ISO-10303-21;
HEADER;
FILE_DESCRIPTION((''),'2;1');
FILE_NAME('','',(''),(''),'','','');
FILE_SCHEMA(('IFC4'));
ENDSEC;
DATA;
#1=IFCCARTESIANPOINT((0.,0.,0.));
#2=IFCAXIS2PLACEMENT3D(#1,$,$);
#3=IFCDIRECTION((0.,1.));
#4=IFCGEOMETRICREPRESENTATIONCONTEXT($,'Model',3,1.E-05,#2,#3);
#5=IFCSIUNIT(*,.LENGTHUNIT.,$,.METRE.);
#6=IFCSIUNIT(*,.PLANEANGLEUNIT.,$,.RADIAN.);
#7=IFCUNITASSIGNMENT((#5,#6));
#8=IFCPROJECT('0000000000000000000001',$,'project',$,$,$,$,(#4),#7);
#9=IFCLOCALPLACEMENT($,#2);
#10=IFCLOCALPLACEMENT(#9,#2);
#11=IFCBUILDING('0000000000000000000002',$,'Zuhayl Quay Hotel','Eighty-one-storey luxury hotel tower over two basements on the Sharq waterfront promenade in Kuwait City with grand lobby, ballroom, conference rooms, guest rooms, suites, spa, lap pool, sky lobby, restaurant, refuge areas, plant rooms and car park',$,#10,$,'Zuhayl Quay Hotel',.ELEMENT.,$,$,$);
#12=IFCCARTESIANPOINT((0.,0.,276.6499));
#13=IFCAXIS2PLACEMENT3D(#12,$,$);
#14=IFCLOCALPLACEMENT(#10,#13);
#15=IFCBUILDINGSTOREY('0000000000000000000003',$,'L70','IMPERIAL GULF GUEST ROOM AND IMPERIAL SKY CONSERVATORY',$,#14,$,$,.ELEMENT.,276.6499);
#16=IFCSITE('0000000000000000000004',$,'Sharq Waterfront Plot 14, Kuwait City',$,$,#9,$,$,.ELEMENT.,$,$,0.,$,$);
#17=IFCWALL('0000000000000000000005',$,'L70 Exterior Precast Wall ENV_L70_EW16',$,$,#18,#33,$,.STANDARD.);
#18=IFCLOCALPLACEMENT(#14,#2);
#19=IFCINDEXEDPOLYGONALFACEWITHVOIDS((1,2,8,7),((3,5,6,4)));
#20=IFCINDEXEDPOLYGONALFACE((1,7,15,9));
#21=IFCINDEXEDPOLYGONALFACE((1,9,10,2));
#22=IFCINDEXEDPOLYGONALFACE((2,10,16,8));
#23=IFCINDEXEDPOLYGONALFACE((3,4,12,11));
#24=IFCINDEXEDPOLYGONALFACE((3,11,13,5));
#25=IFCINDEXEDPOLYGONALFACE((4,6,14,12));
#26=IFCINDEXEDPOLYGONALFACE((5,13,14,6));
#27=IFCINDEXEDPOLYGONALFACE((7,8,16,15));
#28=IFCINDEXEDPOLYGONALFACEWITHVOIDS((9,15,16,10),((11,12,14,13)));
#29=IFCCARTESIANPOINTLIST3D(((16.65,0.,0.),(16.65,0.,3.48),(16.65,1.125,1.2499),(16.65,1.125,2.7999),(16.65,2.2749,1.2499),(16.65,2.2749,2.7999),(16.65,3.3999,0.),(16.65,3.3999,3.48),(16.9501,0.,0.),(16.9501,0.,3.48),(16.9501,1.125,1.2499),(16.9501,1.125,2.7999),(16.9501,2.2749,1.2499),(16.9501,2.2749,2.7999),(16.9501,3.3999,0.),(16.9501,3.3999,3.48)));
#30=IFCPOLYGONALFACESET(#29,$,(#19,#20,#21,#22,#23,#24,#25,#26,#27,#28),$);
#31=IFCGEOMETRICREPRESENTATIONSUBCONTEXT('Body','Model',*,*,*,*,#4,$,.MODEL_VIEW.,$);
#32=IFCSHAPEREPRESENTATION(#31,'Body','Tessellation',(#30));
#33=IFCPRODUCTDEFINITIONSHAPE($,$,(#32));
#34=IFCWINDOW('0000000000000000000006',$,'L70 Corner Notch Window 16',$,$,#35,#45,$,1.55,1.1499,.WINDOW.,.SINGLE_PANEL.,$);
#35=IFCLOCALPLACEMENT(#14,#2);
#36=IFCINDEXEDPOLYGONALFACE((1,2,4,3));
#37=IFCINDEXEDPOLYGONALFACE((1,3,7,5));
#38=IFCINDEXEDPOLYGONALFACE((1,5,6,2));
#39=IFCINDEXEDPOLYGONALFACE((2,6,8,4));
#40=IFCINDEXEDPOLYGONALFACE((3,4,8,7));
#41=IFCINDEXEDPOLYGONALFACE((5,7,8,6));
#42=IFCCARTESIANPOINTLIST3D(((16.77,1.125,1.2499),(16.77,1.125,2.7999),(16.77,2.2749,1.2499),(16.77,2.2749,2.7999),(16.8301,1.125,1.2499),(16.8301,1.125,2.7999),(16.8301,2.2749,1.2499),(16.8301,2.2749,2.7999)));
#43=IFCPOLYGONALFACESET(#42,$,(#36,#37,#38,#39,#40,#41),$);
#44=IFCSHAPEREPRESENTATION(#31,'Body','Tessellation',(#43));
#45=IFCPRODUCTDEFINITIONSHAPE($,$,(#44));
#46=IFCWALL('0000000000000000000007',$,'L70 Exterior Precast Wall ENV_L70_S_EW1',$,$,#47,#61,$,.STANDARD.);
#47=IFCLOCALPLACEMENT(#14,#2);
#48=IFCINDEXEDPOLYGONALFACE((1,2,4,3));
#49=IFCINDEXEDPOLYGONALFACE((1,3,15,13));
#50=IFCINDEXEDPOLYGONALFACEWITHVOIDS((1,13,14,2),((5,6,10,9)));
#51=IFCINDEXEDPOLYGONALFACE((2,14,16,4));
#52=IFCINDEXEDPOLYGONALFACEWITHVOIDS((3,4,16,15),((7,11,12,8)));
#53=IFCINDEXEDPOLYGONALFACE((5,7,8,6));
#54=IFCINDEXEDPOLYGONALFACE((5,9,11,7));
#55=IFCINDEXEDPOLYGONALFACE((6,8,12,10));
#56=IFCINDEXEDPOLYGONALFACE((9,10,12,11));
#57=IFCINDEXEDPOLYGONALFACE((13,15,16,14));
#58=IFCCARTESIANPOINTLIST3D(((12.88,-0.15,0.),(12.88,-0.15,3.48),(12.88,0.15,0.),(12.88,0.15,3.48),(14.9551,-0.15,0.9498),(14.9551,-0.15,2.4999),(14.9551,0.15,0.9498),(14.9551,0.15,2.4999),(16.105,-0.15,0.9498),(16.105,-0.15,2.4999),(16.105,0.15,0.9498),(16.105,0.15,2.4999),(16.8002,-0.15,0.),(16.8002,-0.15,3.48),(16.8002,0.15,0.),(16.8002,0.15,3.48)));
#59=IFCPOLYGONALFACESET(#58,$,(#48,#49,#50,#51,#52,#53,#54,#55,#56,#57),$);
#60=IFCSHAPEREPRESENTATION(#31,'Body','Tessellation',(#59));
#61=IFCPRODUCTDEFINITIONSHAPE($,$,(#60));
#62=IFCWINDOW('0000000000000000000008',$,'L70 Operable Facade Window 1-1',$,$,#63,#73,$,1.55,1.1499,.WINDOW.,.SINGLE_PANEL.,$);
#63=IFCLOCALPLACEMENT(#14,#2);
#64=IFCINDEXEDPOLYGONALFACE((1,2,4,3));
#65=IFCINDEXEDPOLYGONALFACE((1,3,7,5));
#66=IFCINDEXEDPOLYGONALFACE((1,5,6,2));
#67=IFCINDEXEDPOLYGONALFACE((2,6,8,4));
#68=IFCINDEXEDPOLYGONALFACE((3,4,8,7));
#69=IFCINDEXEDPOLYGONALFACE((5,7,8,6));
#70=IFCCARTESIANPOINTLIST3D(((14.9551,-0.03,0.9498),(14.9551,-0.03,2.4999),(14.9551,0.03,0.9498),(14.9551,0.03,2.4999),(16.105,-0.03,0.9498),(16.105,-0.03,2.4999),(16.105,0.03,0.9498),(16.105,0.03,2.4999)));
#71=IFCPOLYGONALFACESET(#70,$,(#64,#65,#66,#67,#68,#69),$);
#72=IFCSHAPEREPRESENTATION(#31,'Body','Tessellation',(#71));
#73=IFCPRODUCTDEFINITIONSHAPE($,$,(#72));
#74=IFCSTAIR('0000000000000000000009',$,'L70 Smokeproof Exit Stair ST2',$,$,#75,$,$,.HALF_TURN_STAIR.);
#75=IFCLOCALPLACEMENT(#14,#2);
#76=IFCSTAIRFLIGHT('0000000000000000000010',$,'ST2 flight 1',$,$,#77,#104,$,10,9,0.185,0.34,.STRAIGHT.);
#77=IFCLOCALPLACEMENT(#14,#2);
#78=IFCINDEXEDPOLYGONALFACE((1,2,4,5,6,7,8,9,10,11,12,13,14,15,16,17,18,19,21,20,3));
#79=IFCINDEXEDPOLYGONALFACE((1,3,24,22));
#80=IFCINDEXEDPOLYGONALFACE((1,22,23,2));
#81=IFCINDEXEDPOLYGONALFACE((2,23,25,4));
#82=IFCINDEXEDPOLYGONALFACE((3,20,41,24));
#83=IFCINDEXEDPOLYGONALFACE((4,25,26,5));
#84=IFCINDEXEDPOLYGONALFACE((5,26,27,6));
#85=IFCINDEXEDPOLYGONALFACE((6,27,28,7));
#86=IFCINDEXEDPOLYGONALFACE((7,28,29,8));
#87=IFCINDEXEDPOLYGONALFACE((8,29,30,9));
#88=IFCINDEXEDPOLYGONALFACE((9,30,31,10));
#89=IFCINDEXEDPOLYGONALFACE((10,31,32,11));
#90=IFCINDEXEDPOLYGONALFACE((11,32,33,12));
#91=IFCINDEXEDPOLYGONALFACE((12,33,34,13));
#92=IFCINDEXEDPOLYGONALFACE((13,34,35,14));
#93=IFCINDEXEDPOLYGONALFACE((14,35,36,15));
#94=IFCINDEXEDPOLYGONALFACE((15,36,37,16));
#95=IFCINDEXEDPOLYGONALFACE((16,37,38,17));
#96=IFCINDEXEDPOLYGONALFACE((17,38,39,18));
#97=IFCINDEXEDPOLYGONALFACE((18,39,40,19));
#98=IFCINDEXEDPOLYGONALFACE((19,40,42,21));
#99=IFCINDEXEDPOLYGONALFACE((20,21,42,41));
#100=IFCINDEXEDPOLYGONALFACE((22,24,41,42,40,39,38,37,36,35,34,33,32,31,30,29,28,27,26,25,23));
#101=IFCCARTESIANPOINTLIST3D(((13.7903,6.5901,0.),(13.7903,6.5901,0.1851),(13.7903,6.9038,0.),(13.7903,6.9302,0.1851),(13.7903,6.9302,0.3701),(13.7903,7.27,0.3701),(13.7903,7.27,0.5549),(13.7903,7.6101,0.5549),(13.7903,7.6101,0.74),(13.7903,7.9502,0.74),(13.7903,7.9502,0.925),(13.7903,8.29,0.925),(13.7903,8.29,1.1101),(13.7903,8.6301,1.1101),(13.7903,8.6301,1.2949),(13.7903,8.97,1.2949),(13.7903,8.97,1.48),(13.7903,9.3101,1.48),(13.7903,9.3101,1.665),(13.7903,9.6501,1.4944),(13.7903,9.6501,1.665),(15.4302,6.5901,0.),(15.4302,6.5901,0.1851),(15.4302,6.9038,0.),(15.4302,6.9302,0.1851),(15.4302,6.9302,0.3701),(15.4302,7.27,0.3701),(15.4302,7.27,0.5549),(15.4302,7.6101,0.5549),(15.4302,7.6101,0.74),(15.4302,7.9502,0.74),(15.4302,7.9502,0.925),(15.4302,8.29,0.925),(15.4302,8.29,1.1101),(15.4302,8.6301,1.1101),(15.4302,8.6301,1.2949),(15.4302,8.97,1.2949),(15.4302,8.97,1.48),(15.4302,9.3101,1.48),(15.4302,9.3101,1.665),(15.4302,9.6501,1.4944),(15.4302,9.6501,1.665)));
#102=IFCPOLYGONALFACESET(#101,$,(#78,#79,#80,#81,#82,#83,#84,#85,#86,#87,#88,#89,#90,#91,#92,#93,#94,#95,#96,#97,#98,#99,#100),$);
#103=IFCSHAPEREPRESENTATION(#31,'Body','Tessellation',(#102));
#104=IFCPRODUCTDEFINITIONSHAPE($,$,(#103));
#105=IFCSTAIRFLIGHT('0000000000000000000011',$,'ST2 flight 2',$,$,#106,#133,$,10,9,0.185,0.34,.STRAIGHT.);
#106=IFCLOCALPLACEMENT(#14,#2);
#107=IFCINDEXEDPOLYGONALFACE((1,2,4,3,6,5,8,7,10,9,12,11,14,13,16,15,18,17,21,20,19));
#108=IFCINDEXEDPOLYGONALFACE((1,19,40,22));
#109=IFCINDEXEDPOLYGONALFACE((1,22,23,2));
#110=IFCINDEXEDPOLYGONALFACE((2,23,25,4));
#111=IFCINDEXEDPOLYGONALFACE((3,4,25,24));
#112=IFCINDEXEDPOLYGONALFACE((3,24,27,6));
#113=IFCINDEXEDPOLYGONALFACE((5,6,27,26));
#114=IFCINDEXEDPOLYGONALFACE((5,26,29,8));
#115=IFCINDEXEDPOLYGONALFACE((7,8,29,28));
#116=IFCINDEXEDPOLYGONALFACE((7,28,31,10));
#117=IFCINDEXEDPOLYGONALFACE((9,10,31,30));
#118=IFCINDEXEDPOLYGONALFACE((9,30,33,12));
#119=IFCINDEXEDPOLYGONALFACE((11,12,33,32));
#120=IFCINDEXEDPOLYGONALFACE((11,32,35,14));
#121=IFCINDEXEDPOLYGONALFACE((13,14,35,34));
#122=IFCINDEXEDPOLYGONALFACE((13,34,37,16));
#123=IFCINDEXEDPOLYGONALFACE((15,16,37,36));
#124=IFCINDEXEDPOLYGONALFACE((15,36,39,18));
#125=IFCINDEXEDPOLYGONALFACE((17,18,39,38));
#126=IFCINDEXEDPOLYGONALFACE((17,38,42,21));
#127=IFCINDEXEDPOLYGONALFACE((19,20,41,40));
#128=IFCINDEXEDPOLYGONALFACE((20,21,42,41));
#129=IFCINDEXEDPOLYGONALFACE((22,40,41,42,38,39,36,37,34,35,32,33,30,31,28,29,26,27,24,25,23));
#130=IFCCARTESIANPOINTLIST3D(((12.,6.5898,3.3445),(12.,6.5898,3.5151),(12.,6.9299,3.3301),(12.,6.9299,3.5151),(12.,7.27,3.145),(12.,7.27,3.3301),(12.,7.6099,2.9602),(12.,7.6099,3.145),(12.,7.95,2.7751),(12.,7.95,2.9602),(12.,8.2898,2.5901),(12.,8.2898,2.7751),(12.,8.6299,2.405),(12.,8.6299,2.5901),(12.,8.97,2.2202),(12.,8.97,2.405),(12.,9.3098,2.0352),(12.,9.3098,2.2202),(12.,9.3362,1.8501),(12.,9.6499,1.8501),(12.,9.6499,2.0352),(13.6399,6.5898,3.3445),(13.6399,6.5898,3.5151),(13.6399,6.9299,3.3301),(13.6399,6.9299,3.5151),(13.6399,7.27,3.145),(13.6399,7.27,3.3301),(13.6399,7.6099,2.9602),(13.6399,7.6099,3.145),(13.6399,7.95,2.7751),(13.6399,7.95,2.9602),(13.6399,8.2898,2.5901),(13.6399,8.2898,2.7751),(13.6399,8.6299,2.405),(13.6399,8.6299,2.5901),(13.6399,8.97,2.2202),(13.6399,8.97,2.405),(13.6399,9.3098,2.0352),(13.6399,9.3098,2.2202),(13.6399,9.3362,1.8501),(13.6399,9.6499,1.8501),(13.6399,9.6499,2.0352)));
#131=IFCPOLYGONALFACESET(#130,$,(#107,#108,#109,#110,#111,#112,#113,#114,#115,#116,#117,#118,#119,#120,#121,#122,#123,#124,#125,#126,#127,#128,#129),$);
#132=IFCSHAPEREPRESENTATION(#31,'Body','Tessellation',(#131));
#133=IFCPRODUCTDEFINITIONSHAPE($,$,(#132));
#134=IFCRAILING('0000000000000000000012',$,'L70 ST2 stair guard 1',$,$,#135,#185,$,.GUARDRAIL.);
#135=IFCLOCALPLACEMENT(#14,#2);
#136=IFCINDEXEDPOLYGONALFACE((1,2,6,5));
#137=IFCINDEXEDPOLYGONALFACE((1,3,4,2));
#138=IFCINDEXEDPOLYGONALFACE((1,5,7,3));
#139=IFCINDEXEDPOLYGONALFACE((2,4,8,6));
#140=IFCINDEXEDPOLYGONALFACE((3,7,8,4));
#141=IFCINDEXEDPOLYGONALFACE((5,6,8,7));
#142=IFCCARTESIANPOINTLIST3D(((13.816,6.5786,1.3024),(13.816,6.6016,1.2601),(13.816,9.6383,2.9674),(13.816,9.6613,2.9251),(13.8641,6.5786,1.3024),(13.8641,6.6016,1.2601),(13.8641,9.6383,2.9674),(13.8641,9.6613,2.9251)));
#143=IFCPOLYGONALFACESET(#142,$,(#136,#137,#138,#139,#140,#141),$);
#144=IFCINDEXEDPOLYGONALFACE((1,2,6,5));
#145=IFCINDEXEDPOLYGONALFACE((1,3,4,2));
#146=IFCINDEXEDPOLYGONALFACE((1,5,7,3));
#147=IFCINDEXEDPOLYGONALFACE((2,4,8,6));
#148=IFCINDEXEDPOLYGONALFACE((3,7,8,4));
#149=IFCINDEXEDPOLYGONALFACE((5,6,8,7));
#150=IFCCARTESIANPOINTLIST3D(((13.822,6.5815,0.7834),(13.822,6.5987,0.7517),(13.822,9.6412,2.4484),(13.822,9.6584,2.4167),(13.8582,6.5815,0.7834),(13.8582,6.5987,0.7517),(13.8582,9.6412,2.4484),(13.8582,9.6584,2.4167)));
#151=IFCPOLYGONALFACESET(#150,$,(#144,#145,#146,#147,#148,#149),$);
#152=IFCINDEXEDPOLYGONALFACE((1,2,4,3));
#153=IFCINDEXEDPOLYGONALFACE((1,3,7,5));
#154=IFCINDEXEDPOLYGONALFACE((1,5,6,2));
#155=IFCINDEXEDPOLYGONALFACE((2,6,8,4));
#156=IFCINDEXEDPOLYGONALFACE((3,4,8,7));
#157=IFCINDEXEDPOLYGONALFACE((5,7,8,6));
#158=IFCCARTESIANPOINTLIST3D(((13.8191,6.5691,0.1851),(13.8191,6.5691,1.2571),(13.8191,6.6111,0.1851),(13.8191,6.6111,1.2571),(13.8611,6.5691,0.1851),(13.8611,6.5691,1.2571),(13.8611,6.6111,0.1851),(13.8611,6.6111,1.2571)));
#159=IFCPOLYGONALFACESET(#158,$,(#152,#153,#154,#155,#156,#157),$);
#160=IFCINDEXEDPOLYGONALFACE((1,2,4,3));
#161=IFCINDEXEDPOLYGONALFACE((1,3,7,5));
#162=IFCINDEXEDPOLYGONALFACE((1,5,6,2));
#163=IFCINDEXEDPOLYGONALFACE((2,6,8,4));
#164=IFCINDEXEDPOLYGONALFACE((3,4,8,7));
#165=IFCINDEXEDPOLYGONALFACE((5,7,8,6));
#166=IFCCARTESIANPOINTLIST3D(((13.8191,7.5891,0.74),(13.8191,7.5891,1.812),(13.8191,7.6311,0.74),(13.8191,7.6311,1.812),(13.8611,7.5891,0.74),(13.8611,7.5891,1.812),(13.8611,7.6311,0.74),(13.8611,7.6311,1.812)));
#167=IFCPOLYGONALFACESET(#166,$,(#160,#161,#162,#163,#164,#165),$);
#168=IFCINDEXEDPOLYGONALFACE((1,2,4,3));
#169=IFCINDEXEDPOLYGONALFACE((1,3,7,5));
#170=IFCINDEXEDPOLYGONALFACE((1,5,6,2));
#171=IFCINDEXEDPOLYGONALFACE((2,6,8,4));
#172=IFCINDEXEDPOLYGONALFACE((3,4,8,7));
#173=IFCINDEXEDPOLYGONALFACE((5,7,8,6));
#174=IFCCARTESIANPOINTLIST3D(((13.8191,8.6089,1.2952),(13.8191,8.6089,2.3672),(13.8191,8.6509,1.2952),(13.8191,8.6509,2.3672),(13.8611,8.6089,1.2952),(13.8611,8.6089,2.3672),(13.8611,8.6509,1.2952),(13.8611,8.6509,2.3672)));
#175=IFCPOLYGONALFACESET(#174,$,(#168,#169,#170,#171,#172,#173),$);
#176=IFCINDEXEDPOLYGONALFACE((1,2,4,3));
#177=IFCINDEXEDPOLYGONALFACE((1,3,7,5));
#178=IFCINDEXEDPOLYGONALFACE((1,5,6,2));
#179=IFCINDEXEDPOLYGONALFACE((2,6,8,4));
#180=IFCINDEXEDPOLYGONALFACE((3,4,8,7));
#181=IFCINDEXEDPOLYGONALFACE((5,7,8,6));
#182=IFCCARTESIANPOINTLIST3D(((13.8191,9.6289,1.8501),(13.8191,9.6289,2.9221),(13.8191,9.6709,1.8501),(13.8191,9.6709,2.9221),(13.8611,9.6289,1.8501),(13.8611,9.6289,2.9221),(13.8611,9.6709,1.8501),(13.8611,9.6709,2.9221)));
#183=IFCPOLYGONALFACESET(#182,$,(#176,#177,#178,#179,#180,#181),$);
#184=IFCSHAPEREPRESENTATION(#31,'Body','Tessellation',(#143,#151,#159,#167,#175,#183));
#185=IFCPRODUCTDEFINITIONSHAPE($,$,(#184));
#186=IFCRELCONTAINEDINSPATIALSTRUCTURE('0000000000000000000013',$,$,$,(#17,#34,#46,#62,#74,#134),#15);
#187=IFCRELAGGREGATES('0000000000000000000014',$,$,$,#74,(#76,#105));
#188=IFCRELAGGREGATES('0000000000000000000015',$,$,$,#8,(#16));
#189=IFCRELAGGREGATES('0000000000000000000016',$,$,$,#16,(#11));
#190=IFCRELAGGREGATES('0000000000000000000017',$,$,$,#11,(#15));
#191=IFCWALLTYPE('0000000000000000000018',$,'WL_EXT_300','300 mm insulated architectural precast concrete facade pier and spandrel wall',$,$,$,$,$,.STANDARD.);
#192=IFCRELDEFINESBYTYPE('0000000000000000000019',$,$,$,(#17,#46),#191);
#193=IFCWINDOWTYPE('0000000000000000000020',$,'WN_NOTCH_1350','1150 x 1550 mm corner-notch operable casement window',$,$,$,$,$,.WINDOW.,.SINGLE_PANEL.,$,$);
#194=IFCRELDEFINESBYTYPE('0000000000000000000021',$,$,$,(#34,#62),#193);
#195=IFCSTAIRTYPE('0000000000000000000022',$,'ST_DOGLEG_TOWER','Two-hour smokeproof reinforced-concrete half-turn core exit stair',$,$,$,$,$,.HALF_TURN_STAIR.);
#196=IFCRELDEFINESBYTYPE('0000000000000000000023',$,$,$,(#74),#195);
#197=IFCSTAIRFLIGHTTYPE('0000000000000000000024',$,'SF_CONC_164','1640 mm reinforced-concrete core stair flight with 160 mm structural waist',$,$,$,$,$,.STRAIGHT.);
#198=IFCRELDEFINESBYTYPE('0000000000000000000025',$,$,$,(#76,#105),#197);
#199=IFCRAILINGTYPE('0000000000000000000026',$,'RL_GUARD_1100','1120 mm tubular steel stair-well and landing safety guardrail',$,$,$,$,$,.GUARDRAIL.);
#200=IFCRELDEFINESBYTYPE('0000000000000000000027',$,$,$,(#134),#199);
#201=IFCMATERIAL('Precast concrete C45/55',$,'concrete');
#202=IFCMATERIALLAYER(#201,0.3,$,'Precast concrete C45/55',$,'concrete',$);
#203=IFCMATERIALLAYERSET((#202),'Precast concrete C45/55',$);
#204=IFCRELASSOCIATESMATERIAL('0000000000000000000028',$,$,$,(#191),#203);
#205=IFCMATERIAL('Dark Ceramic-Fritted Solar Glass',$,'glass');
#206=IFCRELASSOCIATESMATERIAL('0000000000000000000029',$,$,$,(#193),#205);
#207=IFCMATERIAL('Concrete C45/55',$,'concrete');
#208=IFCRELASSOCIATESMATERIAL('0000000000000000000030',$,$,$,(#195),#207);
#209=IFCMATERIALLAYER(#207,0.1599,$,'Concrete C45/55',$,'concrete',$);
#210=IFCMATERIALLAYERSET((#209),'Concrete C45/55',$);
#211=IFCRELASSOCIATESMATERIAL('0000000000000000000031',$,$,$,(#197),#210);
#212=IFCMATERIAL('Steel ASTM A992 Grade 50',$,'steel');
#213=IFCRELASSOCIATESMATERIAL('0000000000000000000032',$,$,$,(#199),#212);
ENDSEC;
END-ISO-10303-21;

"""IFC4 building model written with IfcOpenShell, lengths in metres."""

from ifc_helpers import new_model, si_unit, direction, frame, frame_2d, origin, origin_2d, place, context, subcontext, project, spatial, polyline, rectangle, outline, extrude, material, layer, layer_set, type_object, element, fill, aggregate, save


model = new_model("IFC4")

# Units and contexts
model_context = context("Model", 3, precision=1e-05, world=origin(), true_north=direction((0.0, 1.0)))
body_context = subcontext(model_context, "Body", "Model", "MODEL_VIEW")
ifc_project = project(units=[si_unit("LENGTHUNIT", "METRE"), si_unit("PLANEANGLEUNIT", "RADIAN")], contexts=[model_context])

# Site, building, storey
site_placement = place(None, origin())
site = spatial("IfcSite", under=ifc_project, at=site_placement, Name="Sharq Waterfront Plot 14, Kuwait City", CompositionType="ELEMENT", RefElevation=0.0)
building_placement = place(site_placement, origin())
building = spatial("IfcBuilding", under=site, at=building_placement, Name="Zuhayl Quay Hotel", Description="Eighty-one-storey luxury hotel tower over two basements on the Sharq waterfront promenade in Kuwait City with grand lobby, ballroom, conference rooms, guest rooms, suites, spa, lap pool, sky lobby, restaurant, refuge areas, plant rooms and car park", LongName="Zuhayl Quay Hotel", CompositionType="ELEMENT")
storey_placement = place(building_placement, frame((0.0, 0.0, 276.6499)))
storey = spatial("IfcBuildingStorey", under=building, at=storey_placement, Name="L70", Description="IMPERIAL GULF GUEST ROOM AND IMPERIAL SKY CONSERVATORY", CompositionType="ELEMENT", Elevation=276.6499)

# Shared definitions
ifc_material_1 = material(Name="Steel ASTM A992 Grade 50", Category="steel")

# Shared definitions
ifc_material_2 = material(Name="Dark Ceramic-Fritted Solar Glass", Category="glass")

# Shared definitions
ifc_material_3 = material(Name="Precast concrete C45/55", Category="concrete")
ifc_layer_1 = layer(ifc_material_3, 0.3, Name="Precast concrete C45/55", Category="concrete")
ifc_layer_set_1 = layer_set([ifc_layer_1], Name="Precast concrete C45/55")
wall_type_1 = type_object("IfcWallType", Name="WL_EXT_300", Description="300 mm insulated architectural precast concrete facade pier and spandrel wall", PredefinedType="STANDARD", material=ifc_layer_set_1)

# Walls, openings, windows
window_type = type_object("IfcWindowType", Name="WN_NOTCH_1350", Description="1150 x 1550 mm corner-notch operable casement window", PartitioningType="SINGLE_PANEL", PredefinedType="WINDOW", material=ifc_material_2)
wall_1_placement = place(storey_placement, frame((16.8, 3.3999, 0.0), z_axis=(0.0, 0.0, 1.0), x_axis=(0.0, -1.0, 0.0)))
wall_1 = element("IfcWall", 1, at=wall_1_placement, inside=storey, type_object=wall_type_1, Name="L70 Exterior Precast Wall ENV_L70_EW16", PredefinedType="STANDARD", context=body_context, shape_type="SweptSolid", body=[
    extrude(rectangle(XDim=3.3999, YDim=0.3, at=frame_2d((1.7, 0.0))), origin(), (0.0, 0.0, 1.0), 3.48),
])
opening_1_placement = place(wall_1_placement, frame((1.125, 0.0, 1.25)))
opening_1 = element("IfcOpeningElement", 2, at=opening_1_placement, cuts=wall_1, PredefinedType="OPENING", context=body_context, shape_type="SweptSolid", body=[
    extrude(rectangle(XDim=1.1499, YDim=1.55, at=frame_2d((0.575, 0.7749))), frame((0.0, 0.1599, 0.0), z_axis=(0.0, -1.0, 0.0), x_axis=(1.0, 0.0, 0.0)), (0.0, 0.0, 1.0), 0.3201),
])
window_1_placement = place(opening_1_placement, origin())
window_1 = element("IfcWindow", 3, at=window_1_placement, inside=storey, type_object=window_type, Name="L70 Corner Notch Window 16", OverallHeight=1.55, OverallWidth=1.1499, PartitioningType="SINGLE_PANEL", PredefinedType="WINDOW", context=body_context, shape_type="SweptSolid", body=[
    extrude(rectangle(XDim=1.1499, YDim=1.55, at=frame_2d((0.575, 0.7749))), frame((0.0, 0.03, 0.0), z_axis=(0.0, -1.0, 0.0), x_axis=(1.0, 0.0, 0.0)), (0.0, 0.0, 1.0), 0.0601),
])
fill(opening_1, window_1)
wall_2_placement = place(storey_placement, frame((16.8, 0.0, 0.0), z_axis=(0.0, 0.0, 1.0), x_axis=(-1.0, 0.0, 0.0)))
wall_2 = element("IfcWall", 4, at=wall_2_placement, inside=storey, type_object=wall_type_1, Name="L70 Exterior Precast Wall ENV_L70_S_EW1", PredefinedType="STANDARD", context=body_context, shape_type="SweptSolid", body=[
    extrude(rectangle(XDim=3.9202, YDim=0.3, at=frame_2d((1.96, 0.0))), origin(), (0.0, 0.0, 1.0), 3.48),
])
opening_2_placement = place(wall_2_placement, frame((0.6951, 0.0, 0.95)))
opening_2 = element("IfcOpeningElement", 5, at=opening_2_placement, cuts=wall_2, PredefinedType="OPENING", context=body_context, shape_type="SweptSolid", body=[
    extrude(rectangle(XDim=1.1499, YDim=1.55, at=frame_2d((0.575, 0.7749))), frame((0.0, 0.1599, 0.0), z_axis=(0.0, -1.0, 0.0), x_axis=(1.0, 0.0, 0.0)), (0.0, 0.0, 1.0), 0.3201),
])
window_2_placement = place(opening_2_placement, origin())
window_2 = element("IfcWindow", 6, at=window_2_placement, inside=storey, type_object=window_type, Name="L70 Operable Facade Window 1-1", OverallHeight=1.55, OverallWidth=1.1499, PartitioningType="SINGLE_PANEL", PredefinedType="WINDOW", context=body_context, shape_type="SweptSolid", body=[
    extrude(rectangle(XDim=1.1499, YDim=1.55, at=frame_2d((0.575, 0.7749))), frame((0.0, 0.03, 0.0), z_axis=(0.0, -1.0, 0.0), x_axis=(1.0, 0.0, 0.0)), (0.0, 0.0, 1.0), 0.0601),
])
fill(opening_2, window_2)

# Stair, stair flights
ifc_material_4 = material(Name="Concrete C45/55", Category="concrete")
stair_type = type_object("IfcStairType", Name="ST_DOGLEG_TOWER", Description="Two-hour smokeproof reinforced-concrete half-turn core exit stair", PredefinedType="HALF_TURN_STAIR", material=ifc_material_4)
stair_placement = place(storey_placement, origin())
stair = element("IfcStair", 7, at=stair_placement, inside=storey, type_object=stair_type, Name="L70 Smokeproof Exit Stair ST2", PredefinedType="HALF_TURN_STAIR")
ifc_layer_2 = layer(ifc_material_4, 0.1599, Name="Concrete C45/55", Category="concrete")
ifc_layer_set_2 = layer_set([ifc_layer_2], Name="Concrete C45/55")
stair_flight_type = type_object("IfcStairFlightType", Name="SF_CONC_164", Description="1640 mm reinforced-concrete core stair flight with 160 mm structural waist", PredefinedType="STRAIGHT", material=ifc_layer_set_2)
stair_flight_1_placement = place(storey_placement, frame((14.6101, 6.5901, 0.0), z_axis=(0.0, 0.0, 1.0), x_axis=(0.0, 1.0, 0.0)))
stair_flight_1 = element("IfcStairFlight", 8, at=stair_flight_1_placement, type_object=stair_flight_type, Name="ST2 flight 1", NumberOfRisers=10, NumberOfTreads=9, PredefinedType="STRAIGHT", RiserHeight=0.185, TreadLength=0.34, context=body_context, shape_type="SweptSolid", body=[
    extrude(outline(polyline([(0.0, 0.0), (0.0, 0.1851), (0.3401, 0.1851), (0.3401, 0.3701), (0.6799, 0.3701), (0.6799, 0.5549), (1.02, 0.5549), (1.02, 0.74), (1.3601, 0.74), (1.3601, 0.925), (1.7, 0.925), (1.7, 1.1101), (2.04, 1.1101), (2.04, 1.2949), (2.3799, 1.2949), (2.3799, 1.48), (2.72, 1.48), (2.72, 1.665), (3.0601, 1.665), (3.0601, 1.8501), (3.0601, 1.4944), (0.3137, 0.0), (0.0, 0.0)])), frame((0.0, 0.8198, 0.0), z_axis=(0.0, -1.0, 0.0), x_axis=(1.0, 0.0, 0.0)), (0.0, 0.0, 1.0), 1.6399),
])
stair_flight_2_placement = place(storey_placement, frame((12.8201, 9.6499, 1.8501), z_axis=(0.0, 0.0, 1.0), x_axis=(0.0, -1.0, 0.0)))
stair_flight_2 = element("IfcStairFlight", 9, at=stair_flight_2_placement, type_object=stair_flight_type, Name="ST2 flight 2", NumberOfRisers=10, NumberOfTreads=9, PredefinedType="STRAIGHT", RiserHeight=0.185, TreadLength=0.34, context=body_context, shape_type="SweptSolid", body=[
    extrude(outline(polyline([(0.0, 0.0), (0.0, 0.1851), (0.3401, 0.1851), (0.3401, 0.3701), (0.6799, 0.3701), (0.6799, 0.5549), (1.02, 0.5549), (1.02, 0.74), (1.3601, 0.74), (1.3601, 0.925), (1.7, 0.925), (1.7, 1.1101), (2.04, 1.1101), (2.04, 1.2949), (2.3799, 1.2949), (2.3799, 1.48), (2.72, 1.48), (2.72, 1.665), (3.0601, 1.665), (3.0601, 1.8501), (3.0601, 1.4944), (0.3137, 0.0), (0.0, 0.0)])), frame((0.0, 0.8198, 0.0), z_axis=(0.0, -1.0, 0.0), x_axis=(1.0, 0.0, 0.0)), (0.0, 0.0, 1.0), 1.6399),
])
aggregate(stair, [stair_flight_1, stair_flight_2])

# Railing
railing_type_1 = type_object("IfcRailingType", Name="RL_GUARD_1100", Description="1120 mm tubular steel stair-well and landing safety guardrail", PredefinedType="GUARDRAIL", material=ifc_material_1)
railing_1_placement = place(storey_placement, frame((13.8401, 6.5901, 0.1851)))
element("IfcRailing", 10, at=railing_1_placement, inside=storey, type_object=railing_type_1, Name="L70 ST2 stair guard 1", PredefinedType="GUARDRAIL", context=body_context, shape_type="SweptSolid", body=[
    extrude(rectangle(XDim=0.0481, YDim=0.0481, at=origin_2d()), frame((0.0, 0.0, 1.0962), z_axis=(0.0, 0.878372, 0.477978), x_axis=(-1.0, 0.0, 0.0)), (0.0, 0.0, 1.0), 3.4834),
    extrude(rectangle(XDim=0.0361, YDim=0.0361, at=origin_2d()), frame((0.0, 0.0, 0.5825), z_axis=(0.0, 0.878372, 0.477978), x_axis=(-1.0, 0.0, 0.0)), (0.0, 0.0, 1.0), 3.4834),
    extrude(rectangle(XDim=0.042, YDim=0.042, at=origin_2d()), origin(), (0.0, 0.0, 1.0), 1.072),
    extrude(rectangle(XDim=0.042, YDim=0.042, at=origin_2d()), frame((0.0, 1.02, 0.5549)), (0.0, 0.0, 1.0), 1.072),
    extrude(rectangle(XDim=0.042, YDim=0.042, at=origin_2d()), frame((0.0, 2.0398, 1.1101)), (0.0, 0.0, 1.0), 1.072),
    extrude(rectangle(XDim=0.042, YDim=0.042, at=origin_2d()), frame((0.0, 3.0598, 1.665)), (0.0, 0.0, 1.0), 1.072),
])

save(model, "model.ifc")
